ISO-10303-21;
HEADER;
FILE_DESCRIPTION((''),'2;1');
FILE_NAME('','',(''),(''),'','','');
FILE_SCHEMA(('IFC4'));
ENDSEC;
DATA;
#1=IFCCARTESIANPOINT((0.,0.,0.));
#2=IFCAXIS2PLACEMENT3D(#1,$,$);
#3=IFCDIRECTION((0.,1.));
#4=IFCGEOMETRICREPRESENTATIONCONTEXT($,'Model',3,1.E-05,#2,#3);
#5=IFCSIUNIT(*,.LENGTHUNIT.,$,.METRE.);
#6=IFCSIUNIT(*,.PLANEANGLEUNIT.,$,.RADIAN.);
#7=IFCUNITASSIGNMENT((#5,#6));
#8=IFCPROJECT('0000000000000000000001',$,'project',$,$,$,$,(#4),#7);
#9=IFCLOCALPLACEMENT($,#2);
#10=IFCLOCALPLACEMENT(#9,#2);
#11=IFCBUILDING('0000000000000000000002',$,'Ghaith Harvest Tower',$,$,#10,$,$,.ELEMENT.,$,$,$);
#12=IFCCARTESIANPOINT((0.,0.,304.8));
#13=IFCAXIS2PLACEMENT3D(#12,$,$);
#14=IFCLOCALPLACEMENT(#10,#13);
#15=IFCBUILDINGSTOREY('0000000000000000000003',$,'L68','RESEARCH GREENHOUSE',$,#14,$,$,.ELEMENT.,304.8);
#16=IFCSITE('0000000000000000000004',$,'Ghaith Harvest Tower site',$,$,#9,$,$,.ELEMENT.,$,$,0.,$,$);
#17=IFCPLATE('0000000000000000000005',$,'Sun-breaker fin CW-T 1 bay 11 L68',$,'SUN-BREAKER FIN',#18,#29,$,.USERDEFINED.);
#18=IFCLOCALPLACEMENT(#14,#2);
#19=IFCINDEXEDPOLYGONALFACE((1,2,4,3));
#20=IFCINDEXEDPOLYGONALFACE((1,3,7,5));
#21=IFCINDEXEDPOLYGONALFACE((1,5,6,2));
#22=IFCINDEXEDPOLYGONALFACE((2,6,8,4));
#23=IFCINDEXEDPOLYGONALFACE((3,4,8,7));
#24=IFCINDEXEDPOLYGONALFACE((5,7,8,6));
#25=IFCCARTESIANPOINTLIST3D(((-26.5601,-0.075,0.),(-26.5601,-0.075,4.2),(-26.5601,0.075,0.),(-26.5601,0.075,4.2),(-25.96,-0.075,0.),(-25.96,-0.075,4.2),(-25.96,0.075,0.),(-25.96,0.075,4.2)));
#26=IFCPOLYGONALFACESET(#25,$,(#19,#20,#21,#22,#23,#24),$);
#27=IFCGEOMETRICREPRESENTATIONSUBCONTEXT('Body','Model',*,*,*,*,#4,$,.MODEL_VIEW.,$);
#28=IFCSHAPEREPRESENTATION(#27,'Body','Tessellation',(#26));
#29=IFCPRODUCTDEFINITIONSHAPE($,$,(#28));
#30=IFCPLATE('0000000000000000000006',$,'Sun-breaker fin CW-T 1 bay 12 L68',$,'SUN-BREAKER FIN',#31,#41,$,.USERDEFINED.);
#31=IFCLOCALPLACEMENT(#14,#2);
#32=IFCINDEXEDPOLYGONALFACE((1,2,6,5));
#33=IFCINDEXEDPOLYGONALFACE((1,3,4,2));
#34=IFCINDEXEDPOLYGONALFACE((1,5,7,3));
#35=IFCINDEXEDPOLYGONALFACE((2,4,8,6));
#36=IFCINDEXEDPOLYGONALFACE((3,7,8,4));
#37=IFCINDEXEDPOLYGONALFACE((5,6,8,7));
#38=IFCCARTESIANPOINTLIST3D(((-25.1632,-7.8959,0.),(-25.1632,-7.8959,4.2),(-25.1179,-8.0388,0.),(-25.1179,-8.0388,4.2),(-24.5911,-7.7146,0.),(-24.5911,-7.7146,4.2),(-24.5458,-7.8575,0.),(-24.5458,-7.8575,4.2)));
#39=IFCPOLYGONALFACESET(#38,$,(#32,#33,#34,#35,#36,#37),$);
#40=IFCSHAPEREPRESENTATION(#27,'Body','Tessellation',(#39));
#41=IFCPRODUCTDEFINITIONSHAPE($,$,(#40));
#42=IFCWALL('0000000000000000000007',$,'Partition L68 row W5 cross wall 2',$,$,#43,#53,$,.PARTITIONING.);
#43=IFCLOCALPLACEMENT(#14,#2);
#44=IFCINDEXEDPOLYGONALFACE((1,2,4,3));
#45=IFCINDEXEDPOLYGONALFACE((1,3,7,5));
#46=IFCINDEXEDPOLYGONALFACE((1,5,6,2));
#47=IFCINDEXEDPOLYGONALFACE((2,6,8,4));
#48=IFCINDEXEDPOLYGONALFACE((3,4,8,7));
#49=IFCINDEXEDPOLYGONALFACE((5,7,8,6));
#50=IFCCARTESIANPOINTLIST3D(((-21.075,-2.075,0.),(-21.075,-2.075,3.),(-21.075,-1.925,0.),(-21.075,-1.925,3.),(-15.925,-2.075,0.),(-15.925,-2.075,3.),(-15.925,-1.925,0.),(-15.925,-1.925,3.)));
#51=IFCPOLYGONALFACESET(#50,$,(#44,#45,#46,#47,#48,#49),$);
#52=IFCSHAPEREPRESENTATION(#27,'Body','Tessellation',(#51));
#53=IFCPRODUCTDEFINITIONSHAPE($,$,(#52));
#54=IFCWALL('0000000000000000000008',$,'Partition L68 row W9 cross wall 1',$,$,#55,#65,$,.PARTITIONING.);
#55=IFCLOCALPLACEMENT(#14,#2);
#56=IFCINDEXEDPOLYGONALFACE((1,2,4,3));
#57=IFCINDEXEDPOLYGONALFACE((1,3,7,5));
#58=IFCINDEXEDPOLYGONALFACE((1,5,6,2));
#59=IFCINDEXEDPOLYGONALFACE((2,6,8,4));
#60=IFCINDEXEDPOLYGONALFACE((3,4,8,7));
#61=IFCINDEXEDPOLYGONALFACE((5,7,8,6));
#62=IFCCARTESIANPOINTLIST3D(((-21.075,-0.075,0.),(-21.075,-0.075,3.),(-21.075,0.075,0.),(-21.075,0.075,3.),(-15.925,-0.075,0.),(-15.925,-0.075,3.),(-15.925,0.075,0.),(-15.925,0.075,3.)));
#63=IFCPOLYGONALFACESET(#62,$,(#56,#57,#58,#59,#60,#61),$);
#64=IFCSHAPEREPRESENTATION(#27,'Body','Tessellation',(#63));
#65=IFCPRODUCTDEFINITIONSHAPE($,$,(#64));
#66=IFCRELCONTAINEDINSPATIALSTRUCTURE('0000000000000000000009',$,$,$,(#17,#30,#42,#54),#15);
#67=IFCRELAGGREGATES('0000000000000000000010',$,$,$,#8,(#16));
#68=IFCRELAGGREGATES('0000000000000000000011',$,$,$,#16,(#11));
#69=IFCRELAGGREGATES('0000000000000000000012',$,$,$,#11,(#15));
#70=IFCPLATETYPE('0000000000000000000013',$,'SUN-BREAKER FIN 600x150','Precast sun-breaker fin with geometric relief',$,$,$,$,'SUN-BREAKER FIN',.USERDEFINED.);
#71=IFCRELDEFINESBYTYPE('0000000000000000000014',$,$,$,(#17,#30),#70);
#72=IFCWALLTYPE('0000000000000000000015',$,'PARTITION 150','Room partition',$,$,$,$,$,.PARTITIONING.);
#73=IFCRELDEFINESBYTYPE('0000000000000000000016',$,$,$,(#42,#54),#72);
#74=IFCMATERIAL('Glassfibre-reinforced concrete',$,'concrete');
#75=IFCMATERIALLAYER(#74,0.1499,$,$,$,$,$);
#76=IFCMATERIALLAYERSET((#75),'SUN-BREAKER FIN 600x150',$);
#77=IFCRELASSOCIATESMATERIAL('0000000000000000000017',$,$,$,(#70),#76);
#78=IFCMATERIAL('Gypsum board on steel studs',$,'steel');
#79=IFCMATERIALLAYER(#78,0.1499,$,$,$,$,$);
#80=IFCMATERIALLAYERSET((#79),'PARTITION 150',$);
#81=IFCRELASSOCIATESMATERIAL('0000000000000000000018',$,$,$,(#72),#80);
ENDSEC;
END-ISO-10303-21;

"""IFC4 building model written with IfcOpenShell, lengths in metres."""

from ifc_helpers import new_model, si_unit, direction, frame, frame_2d, origin, origin_2d, place, context, subcontext, project, spatial, rectangle, extrude, material, layer, layer_set, type_object, element, save


model = new_model("IFC4")

# Units and contexts
model_context = context("Model", 3, precision=1e-05, world=origin(), true_north=direction((0.0, 1.0)))
body_context = subcontext(model_context, "Body", "Model", "MODEL_VIEW")
ifc_project = project(units=[si_unit("LENGTHUNIT", "METRE"), si_unit("PLANEANGLEUNIT", "RADIAN")], contexts=[model_context])

# Site, building, storey
site_placement = place(None, origin())
site = spatial("IfcSite", under=ifc_project, at=site_placement, Name="Ghaith Harvest Tower site", CompositionType="ELEMENT", RefElevation=0.0)
building_placement = place(site_placement, origin())
building = spatial("IfcBuilding", under=site, at=building_placement, Name="Ghaith Harvest Tower", CompositionType="ELEMENT")
storey_placement = place(building_placement, frame((0.0, 0.0, 304.8)))
storey = spatial("IfcBuildingStorey", under=building, at=storey_placement, Name="L68", Description="RESEARCH GREENHOUSE", CompositionType="ELEMENT", Elevation=304.8)

# Plates
ifc_material_1 = material(Name="Glassfibre-reinforced concrete", Category="concrete")
ifc_layer_1 = layer(ifc_material_1, 0.1499)
ifc_layer_set_1 = layer_set([ifc_layer_1], Name="SUN-BREAKER FIN 600x150")
plate_type_1 = type_object("IfcPlateType", Name="SUN-BREAKER FIN 600x150", Description="Precast sun-breaker fin with geometric relief", ElementType="SUN-BREAKER FIN", PredefinedType="USERDEFINED", material=ifc_layer_set_1)
for number, where, z_axis, x_axis, name in (
    (1, (-26.26, 0.0, 0.0), (0.0, 0.0, 1.0), (-1.0, 0.0, 0.0), "Sun-breaker fin CW-T 1 bay 11 L68"),
    (2, (-24.8545, -7.8767, 0.0), (0.0, 0.0, 1.0), (-0.953273, -0.30211, 0.0), "Sun-breaker fin CW-T 1 bay 12 L68"),
):
    element("IfcPlate", number, at=place(storey_placement, frame(where, z_axis=z_axis, x_axis=x_axis)), inside=storey, type_object=plate_type_1, Name=name, ObjectType="SUN-BREAKER FIN", PredefinedType="USERDEFINED", context=body_context, shape_type="SweptSolid", body=[
        extrude(rectangle(XDim=0.6001, YDim=0.1499, at=origin_2d()), origin(), (0.0, 0.0, 1.0), 4.2),
    ])

# Walls
ifc_material_2 = material(Name="Gypsum board on steel studs", Category="steel")
ifc_layer_2 = layer(ifc_material_2, 0.1499)
ifc_layer_set_2 = layer_set([ifc_layer_2], Name="PARTITION 150")
wall_type = type_object("IfcWallType", Name="PARTITION 150", Description="Room partition", PredefinedType="PARTITIONING", material=ifc_layer_set_2)
for number, where, z_axis, x_axis, name in (
    (3, (-15.925, -2.0, 0.0), (0.0, 0.0, 1.0), (-1.0, 0.0, 0.0), "Partition L68 row W5 cross wall 2"),
    (4, (-15.925, 0.0, 0.0), (0.0, 0.0, 1.0), (-1.0, 0.0, 0.0), "Partition L68 row W9 cross wall 1"),
):
    element("IfcWall", number, at=place(storey_placement, frame(where, z_axis=z_axis, x_axis=x_axis)), inside=storey, type_object=wall_type, Name=name, PredefinedType="PARTITIONING", context=body_context, shape_type="SweptSolid", body=[
        extrude(rectangle(XDim=5.1499, YDim=0.1499, at=frame_2d((2.575, 0.0))), origin(), (0.0, 0.0, 1.0), 3.0),
    ])

save(model, "model.ifc")
